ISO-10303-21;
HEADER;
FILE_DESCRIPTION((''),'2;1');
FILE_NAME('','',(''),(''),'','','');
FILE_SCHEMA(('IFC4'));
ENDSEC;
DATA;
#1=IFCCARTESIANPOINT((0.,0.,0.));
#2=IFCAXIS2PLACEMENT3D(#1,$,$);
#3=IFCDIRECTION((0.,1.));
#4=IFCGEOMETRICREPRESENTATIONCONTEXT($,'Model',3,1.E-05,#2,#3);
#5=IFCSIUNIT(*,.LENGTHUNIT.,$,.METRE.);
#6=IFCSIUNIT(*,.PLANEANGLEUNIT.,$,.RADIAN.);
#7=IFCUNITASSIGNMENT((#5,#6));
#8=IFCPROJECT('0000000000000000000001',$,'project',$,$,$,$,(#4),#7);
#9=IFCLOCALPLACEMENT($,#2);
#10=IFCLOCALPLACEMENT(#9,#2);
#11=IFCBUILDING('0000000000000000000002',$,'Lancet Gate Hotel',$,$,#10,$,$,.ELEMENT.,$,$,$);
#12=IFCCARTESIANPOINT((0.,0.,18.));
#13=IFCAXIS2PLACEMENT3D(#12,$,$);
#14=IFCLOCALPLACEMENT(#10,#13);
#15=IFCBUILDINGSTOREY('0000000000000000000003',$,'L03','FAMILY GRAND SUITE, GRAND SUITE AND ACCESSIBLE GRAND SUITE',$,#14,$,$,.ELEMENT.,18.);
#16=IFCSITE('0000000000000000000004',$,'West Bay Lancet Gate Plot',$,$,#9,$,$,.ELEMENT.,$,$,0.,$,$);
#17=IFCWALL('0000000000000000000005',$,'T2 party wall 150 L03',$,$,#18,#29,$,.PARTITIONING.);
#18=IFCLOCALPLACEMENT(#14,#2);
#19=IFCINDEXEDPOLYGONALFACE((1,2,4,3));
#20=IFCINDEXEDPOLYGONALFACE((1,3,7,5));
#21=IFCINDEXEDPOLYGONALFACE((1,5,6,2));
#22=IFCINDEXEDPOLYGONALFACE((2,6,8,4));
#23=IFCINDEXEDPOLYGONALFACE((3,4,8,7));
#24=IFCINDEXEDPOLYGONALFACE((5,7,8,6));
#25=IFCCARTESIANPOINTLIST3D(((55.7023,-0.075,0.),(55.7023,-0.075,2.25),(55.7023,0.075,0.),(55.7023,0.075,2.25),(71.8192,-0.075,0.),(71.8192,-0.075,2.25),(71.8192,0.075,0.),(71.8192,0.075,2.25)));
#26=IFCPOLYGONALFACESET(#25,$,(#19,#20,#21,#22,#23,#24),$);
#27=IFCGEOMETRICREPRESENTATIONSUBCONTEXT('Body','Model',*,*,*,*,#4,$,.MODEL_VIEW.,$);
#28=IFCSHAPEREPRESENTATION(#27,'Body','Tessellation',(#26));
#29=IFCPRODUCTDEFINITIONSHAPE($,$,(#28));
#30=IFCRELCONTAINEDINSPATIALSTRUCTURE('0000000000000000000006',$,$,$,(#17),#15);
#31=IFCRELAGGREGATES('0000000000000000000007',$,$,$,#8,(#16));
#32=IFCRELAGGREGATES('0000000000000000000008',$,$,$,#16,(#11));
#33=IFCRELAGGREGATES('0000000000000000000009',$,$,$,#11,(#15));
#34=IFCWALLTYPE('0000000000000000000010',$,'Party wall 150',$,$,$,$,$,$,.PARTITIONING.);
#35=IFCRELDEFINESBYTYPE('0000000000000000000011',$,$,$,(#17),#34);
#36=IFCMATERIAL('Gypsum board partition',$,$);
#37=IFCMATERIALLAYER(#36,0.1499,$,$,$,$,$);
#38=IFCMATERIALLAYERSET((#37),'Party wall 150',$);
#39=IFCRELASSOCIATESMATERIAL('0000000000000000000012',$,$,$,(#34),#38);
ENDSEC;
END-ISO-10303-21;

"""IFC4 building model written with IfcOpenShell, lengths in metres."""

from ifc_helpers import new_model, si_unit, direction, frame, frame_2d, origin, place, context, subcontext, project, spatial, rectangle, extrude, material, layer, layer_set, type_object, element, save


model = new_model("IFC4")

# Units and contexts
model_context = context("Model", 3, precision=1e-05, world=origin(), true_north=direction((0.0, 1.0)))
body_context = subcontext(model_context, "Body", "Model", "MODEL_VIEW")
ifc_project = project(units=[si_unit("LENGTHUNIT", "METRE"), si_unit("PLANEANGLEUNIT", "RADIAN")], contexts=[model_context])

# Site, building, storey
site_placement = place(None, origin())
site = spatial("IfcSite", under=ifc_project, at=site_placement, Name="West Bay Lancet Gate Plot", CompositionType="ELEMENT", RefElevation=0.0)
building_placement = place(site_placement, origin())
building = spatial("IfcBuilding", under=site, at=building_placement, Name="Lancet Gate Hotel", CompositionType="ELEMENT")
storey_placement = place(building_placement, frame((0.0, 0.0, 18.0)))
storey = spatial("IfcBuildingStorey", under=building, at=storey_placement, Name="L03", Description="FAMILY GRAND SUITE, GRAND SUITE AND ACCESSIBLE GRAND SUITE", CompositionType="ELEMENT", Elevation=18.0)

# Wall
ifc_material_1 = material(Name="Gypsum board partition")
ifc_layer_1 = layer(ifc_material_1, 0.1499)
ifc_layer_set_1 = layer_set([ifc_layer_1], Name="Party wall 150")
wall_type_1 = type_object("IfcWallType", Name="Party wall 150", PredefinedType="PARTITIONING", material=ifc_layer_set_1)
wall_1_placement = place(storey_placement, frame((55.7021, 0.0, 0.0), z_axis=(0.0, 0.0, 1.0), x_axis=(1.0, 0.0, 0.0)))
element("IfcWall", 1, at=wall_1_placement, inside=storey, type_object=wall_type_1, Name="T2 party wall 150 L03", PredefinedType="PARTITIONING", context=body_context, shape_type="SweptSolid", body=[
    extrude(rectangle(XDim=16.1169, YDim=0.1499, at=frame_2d((8.0586, 0.0))), origin(), (0.0, 0.0, 1.0), 2.25),
])

save(model, "model.ifc")
